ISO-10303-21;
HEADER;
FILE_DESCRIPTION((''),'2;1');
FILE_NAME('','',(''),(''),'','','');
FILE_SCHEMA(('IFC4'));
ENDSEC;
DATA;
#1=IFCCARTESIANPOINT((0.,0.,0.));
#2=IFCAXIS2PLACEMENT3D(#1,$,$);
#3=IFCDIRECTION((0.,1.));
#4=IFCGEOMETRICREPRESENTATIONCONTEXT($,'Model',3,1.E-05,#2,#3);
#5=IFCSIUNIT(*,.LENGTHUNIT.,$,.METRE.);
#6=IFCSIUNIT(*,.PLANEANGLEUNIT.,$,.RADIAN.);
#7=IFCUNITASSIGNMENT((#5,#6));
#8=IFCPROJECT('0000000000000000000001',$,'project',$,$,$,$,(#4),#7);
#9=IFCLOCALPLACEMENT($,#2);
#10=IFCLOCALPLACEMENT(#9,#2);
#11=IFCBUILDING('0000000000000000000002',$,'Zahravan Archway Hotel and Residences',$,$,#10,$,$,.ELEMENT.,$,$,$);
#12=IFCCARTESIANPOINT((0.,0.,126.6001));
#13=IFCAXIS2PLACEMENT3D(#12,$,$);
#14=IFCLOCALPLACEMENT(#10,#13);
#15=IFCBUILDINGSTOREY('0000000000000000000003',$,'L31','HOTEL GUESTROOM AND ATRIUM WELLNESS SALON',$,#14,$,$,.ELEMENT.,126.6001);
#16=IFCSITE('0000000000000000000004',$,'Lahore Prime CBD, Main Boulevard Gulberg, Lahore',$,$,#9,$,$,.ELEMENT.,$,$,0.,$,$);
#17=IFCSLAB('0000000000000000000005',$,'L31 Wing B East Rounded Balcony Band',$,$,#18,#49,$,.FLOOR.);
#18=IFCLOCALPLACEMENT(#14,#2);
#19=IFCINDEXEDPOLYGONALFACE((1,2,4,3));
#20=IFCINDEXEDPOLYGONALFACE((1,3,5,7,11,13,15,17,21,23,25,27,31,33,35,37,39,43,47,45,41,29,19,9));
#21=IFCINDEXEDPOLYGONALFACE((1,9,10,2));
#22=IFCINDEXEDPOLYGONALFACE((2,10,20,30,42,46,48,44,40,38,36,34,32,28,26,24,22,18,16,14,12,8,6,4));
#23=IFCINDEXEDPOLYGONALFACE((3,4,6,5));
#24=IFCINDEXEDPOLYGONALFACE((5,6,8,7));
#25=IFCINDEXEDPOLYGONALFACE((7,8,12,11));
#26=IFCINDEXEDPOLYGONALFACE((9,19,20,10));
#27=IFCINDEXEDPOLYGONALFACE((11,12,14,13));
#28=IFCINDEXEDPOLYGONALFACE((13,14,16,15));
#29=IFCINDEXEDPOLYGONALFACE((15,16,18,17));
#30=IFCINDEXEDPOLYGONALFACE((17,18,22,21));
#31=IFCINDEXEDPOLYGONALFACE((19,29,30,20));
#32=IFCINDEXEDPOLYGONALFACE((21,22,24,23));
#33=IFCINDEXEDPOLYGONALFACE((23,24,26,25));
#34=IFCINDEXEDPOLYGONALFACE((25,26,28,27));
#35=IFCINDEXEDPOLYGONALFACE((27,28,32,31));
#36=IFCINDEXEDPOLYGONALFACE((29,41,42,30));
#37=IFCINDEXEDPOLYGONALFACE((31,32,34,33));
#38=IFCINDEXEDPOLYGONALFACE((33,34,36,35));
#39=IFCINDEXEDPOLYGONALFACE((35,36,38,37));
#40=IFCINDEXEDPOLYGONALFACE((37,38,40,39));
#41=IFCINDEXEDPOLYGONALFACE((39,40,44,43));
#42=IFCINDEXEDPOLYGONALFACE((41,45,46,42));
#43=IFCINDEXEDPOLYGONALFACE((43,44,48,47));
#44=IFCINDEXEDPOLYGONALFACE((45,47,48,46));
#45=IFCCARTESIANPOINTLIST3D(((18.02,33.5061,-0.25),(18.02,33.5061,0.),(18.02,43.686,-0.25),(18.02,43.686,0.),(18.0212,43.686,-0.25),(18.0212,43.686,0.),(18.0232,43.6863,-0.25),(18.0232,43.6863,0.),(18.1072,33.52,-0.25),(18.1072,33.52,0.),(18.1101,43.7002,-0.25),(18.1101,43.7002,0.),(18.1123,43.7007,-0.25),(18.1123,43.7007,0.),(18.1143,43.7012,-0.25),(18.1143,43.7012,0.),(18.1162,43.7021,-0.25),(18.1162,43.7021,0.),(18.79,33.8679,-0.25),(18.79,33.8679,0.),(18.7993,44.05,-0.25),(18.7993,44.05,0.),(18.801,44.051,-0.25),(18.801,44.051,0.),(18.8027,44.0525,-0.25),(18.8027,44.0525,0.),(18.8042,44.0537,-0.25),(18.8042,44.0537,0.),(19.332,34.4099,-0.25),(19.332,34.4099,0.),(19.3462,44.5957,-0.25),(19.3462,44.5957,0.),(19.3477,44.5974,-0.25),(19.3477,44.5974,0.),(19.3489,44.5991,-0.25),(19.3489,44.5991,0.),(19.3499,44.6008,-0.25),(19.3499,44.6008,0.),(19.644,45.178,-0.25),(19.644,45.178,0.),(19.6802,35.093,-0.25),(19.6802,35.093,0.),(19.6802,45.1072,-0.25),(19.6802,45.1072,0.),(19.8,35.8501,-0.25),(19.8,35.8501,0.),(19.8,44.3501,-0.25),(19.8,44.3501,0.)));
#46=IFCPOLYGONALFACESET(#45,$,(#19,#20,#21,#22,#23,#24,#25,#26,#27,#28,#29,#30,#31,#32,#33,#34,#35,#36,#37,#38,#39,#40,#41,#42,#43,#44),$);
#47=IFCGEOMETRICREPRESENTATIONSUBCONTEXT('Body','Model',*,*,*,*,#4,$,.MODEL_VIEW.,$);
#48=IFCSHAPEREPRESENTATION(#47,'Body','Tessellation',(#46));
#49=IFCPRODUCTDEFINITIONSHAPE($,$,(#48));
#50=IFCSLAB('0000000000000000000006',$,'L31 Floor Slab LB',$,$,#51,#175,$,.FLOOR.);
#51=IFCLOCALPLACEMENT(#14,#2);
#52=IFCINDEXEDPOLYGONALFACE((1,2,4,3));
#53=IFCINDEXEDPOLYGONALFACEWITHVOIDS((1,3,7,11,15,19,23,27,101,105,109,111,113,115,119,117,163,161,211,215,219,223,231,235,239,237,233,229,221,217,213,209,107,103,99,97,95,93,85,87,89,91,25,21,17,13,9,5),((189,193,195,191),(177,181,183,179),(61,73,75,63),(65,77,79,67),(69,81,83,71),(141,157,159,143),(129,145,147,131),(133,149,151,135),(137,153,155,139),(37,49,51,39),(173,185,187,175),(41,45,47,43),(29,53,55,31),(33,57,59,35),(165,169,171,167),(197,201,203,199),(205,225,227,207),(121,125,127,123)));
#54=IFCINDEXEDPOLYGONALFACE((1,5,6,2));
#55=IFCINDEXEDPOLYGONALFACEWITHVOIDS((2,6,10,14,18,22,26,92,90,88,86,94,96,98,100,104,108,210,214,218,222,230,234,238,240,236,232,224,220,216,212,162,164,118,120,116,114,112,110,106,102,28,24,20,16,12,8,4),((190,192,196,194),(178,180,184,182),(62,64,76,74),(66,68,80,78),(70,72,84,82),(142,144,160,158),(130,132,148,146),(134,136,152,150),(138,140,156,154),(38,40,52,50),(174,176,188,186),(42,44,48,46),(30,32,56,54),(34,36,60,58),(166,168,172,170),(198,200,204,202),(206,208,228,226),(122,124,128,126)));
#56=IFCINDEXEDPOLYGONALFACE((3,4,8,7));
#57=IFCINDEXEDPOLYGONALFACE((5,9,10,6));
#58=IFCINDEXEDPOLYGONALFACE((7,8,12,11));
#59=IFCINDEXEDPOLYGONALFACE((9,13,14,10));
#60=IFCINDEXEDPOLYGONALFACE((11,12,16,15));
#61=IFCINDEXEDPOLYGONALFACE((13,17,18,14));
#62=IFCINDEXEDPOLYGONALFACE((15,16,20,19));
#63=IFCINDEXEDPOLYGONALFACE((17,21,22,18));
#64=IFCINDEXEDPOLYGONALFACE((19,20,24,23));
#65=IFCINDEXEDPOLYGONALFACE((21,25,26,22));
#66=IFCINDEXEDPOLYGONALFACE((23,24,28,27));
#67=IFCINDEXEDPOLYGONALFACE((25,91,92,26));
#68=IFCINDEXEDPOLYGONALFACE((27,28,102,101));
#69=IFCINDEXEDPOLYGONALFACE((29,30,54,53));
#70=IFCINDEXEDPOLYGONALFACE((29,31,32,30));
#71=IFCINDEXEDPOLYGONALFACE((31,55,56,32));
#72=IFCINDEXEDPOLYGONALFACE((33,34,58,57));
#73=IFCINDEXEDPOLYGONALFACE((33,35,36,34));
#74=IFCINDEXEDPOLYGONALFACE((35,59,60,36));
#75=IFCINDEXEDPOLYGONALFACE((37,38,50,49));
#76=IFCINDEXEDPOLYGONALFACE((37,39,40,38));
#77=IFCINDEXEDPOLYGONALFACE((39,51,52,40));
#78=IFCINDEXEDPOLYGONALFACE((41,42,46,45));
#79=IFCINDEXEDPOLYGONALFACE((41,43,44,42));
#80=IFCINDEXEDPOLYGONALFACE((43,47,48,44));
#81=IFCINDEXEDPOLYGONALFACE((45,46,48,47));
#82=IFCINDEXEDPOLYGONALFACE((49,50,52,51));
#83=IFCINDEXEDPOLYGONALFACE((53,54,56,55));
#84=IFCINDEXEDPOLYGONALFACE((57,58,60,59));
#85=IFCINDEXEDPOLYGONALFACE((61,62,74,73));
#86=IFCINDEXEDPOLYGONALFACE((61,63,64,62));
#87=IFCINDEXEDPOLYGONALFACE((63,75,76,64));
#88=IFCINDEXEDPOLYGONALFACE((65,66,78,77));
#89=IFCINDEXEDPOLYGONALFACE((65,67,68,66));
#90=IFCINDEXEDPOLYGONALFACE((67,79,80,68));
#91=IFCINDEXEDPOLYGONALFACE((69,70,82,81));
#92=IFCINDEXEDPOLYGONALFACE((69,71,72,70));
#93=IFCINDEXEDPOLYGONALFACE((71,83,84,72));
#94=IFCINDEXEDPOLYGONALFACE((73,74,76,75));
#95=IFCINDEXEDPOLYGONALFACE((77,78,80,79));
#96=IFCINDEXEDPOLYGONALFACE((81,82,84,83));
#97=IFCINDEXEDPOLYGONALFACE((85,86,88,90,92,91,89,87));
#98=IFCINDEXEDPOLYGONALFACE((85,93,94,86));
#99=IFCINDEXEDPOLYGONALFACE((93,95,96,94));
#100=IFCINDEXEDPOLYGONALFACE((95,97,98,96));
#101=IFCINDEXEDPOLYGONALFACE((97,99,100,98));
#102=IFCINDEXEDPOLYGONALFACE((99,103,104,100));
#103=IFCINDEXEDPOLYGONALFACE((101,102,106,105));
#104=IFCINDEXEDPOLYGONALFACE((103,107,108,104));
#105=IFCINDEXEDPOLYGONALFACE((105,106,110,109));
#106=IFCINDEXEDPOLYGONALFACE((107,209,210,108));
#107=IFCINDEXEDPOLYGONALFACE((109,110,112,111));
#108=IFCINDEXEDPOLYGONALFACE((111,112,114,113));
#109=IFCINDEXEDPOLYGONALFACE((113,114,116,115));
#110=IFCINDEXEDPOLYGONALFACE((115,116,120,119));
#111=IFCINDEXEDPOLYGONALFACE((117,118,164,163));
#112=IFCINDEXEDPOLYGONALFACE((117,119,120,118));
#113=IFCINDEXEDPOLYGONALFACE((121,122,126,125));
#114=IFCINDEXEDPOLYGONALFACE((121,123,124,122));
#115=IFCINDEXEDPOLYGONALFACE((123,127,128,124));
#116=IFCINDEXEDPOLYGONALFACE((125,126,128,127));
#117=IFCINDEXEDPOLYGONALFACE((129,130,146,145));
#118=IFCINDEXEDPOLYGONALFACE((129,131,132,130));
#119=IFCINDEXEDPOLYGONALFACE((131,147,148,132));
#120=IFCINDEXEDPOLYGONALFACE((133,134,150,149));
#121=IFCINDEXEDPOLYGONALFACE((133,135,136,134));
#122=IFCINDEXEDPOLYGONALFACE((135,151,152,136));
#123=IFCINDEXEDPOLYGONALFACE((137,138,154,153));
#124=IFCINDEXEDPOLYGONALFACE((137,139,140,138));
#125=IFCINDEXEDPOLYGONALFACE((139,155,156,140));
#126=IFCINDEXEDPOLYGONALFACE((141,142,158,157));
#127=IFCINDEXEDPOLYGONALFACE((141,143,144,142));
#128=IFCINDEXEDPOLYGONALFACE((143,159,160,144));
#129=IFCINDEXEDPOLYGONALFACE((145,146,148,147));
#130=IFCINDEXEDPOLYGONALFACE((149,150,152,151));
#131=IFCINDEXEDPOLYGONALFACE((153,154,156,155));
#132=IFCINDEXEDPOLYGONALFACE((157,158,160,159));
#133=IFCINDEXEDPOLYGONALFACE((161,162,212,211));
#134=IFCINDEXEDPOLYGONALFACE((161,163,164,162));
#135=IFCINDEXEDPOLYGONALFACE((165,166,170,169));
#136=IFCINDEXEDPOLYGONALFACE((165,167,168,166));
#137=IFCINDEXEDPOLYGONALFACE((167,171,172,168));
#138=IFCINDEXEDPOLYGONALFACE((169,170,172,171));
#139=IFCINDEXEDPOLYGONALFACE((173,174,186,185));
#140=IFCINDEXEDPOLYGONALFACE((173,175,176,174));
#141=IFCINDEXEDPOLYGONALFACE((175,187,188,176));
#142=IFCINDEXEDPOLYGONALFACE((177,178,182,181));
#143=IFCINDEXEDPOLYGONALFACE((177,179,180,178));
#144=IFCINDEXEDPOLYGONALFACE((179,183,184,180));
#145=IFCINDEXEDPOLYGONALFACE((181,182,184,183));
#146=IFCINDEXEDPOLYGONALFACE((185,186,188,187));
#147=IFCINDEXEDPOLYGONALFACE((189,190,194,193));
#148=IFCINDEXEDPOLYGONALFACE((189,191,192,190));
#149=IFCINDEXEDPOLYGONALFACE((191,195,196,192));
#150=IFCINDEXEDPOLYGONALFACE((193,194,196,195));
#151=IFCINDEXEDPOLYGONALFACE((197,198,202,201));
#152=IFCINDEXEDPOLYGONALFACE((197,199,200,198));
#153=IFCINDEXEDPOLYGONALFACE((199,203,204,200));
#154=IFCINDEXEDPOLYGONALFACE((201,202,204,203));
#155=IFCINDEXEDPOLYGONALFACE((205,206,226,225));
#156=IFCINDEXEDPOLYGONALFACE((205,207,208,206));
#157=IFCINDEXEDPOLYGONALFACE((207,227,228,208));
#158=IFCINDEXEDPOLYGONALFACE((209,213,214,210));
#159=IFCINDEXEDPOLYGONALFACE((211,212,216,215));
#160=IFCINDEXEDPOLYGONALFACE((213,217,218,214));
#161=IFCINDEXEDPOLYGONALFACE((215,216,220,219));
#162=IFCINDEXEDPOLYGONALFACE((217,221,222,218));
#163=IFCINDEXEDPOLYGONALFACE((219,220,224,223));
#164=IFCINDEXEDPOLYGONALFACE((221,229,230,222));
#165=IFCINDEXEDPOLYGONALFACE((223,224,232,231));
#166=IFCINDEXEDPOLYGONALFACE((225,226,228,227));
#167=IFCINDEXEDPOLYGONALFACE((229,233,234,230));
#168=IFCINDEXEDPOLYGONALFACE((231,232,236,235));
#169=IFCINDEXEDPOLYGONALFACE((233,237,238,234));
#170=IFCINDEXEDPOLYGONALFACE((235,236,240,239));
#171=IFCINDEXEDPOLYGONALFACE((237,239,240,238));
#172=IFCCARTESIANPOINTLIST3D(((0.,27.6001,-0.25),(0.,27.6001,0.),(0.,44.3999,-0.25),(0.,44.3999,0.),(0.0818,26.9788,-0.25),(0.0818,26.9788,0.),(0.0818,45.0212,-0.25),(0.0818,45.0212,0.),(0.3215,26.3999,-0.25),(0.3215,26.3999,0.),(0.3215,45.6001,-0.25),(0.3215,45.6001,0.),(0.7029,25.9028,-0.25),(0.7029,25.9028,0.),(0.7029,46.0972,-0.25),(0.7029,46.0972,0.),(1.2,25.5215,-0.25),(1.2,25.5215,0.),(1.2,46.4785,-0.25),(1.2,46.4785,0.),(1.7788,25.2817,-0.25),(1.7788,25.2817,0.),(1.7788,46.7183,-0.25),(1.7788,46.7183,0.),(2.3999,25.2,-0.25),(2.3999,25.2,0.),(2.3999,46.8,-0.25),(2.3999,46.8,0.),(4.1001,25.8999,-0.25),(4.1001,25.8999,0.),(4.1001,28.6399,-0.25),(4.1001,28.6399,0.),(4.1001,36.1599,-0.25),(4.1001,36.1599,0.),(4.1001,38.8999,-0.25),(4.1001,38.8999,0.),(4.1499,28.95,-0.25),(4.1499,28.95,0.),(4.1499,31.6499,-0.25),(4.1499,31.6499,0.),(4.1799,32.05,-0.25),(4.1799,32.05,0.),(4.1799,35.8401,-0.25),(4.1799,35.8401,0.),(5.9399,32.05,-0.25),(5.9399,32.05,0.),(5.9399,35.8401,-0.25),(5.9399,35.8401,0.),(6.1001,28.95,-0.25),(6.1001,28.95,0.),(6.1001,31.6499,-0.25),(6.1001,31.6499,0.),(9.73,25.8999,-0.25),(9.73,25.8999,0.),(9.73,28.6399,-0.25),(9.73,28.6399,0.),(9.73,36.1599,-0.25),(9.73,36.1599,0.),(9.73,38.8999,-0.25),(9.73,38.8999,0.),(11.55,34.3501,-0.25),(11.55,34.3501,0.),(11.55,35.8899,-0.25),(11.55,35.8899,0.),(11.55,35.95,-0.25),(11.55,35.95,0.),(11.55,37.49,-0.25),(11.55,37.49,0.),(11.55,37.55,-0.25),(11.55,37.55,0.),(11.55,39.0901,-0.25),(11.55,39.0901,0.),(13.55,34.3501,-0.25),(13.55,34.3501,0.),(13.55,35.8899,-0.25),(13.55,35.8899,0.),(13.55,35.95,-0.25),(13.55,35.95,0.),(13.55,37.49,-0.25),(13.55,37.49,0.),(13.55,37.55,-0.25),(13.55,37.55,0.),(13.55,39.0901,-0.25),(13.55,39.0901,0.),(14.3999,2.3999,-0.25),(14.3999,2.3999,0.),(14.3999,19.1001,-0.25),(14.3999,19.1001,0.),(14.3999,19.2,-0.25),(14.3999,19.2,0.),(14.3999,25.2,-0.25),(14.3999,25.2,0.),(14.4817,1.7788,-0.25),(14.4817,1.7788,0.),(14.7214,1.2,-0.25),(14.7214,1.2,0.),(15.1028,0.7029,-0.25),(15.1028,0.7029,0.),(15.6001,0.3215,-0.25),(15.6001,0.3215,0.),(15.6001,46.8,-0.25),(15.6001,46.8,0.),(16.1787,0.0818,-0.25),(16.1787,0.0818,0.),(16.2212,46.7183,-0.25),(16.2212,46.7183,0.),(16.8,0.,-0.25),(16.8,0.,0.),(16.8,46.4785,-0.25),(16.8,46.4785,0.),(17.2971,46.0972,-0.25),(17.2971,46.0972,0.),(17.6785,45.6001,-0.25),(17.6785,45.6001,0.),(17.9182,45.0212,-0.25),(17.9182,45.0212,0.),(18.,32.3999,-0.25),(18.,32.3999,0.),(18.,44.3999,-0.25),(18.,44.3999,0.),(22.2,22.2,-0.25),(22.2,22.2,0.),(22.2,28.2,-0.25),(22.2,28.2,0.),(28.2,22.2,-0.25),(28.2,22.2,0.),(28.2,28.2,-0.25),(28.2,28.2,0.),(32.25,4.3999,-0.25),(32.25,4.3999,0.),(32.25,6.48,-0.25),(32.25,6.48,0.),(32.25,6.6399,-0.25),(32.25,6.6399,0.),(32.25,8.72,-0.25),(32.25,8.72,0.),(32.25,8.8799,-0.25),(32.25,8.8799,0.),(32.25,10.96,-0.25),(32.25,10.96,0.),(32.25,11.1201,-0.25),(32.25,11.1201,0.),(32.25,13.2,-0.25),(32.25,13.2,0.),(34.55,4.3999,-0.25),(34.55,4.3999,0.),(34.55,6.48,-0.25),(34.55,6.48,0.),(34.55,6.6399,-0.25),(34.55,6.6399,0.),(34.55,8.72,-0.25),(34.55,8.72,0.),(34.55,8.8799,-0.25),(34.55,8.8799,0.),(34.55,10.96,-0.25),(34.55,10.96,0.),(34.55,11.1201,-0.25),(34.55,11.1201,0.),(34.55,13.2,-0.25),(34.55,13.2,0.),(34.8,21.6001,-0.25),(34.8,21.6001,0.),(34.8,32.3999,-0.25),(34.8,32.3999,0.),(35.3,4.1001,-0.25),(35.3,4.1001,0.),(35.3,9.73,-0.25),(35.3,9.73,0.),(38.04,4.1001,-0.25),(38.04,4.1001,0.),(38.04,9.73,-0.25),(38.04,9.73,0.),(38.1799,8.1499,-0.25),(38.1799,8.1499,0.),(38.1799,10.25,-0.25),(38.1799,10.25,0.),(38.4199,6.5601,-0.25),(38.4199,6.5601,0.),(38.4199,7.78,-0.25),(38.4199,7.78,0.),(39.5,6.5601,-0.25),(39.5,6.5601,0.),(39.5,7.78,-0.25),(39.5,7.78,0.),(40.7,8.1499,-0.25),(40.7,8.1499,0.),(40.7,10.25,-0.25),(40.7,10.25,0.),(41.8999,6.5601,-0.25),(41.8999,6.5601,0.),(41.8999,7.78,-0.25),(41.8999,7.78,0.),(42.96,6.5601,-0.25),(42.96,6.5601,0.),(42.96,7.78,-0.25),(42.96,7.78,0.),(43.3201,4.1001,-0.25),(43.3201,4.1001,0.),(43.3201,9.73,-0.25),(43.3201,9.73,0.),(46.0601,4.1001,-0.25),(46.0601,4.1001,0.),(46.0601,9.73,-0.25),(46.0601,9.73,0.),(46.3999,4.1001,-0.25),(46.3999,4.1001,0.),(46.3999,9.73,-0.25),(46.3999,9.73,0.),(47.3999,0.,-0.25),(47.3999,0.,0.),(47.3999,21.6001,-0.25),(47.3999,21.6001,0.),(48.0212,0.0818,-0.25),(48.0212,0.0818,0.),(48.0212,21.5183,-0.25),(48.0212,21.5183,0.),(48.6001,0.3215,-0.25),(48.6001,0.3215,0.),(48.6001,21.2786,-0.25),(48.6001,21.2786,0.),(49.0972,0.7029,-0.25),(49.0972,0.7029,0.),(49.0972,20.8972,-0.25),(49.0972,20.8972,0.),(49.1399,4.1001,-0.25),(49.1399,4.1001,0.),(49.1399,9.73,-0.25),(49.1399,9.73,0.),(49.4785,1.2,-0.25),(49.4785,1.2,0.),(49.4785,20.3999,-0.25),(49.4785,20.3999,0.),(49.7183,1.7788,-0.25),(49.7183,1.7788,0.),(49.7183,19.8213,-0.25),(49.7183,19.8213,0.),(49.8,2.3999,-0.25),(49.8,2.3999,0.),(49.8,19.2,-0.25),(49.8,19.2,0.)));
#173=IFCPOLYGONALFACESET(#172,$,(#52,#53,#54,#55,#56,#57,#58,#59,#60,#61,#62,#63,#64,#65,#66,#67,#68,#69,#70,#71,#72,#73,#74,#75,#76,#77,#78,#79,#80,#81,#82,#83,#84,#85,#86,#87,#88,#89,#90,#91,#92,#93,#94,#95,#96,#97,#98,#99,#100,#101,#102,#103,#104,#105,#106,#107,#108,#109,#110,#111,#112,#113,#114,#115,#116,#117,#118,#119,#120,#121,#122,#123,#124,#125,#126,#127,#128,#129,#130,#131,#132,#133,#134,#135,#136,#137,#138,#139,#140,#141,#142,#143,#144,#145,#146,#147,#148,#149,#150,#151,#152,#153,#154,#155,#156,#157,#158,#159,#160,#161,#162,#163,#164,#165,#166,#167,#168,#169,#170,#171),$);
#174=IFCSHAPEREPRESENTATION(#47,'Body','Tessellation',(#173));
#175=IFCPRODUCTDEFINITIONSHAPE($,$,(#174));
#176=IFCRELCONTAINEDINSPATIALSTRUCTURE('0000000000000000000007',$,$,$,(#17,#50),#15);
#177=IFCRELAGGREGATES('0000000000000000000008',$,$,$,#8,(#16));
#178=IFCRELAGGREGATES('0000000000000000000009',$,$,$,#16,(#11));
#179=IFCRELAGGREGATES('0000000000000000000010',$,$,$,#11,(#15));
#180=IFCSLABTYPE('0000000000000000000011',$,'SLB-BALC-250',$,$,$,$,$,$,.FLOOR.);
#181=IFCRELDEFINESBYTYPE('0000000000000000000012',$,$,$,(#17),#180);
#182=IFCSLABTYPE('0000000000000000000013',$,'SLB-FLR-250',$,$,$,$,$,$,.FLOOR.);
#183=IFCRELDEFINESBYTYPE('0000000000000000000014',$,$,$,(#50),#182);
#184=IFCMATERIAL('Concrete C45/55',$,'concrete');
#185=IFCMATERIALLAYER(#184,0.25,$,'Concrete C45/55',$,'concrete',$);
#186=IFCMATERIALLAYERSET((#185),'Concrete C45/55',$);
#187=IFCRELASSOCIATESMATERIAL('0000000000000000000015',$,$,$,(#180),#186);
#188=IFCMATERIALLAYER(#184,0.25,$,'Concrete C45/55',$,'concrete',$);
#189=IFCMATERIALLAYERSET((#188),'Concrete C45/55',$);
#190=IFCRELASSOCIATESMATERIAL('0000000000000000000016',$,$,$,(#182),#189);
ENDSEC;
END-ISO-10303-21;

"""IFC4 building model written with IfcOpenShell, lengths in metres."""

from ifc_helpers import new_model, si_unit, direction, frame, origin, place, context, subcontext, project, spatial, polyline, outline, extrude, material, layer, layer_set, type_object, element, save


model = new_model("IFC4")

# Units and contexts
model_context = context("Model", 3, precision=1e-05, world=origin(), true_north=direction((0.0, 1.0)))
body_context = subcontext(model_context, "Body", "Model", "MODEL_VIEW")
ifc_project = project(units=[si_unit("LENGTHUNIT", "METRE"), si_unit("PLANEANGLEUNIT", "RADIAN")], contexts=[model_context])

# Site, building, storey
site_placement = place(None, origin())
site = spatial("IfcSite", under=ifc_project, at=site_placement, Name="Lahore Prime CBD, Main Boulevard Gulberg, Lahore", CompositionType="ELEMENT", RefElevation=0.0)
building_placement = place(site_placement, origin())
building = spatial("IfcBuilding", under=site, at=building_placement, Name="Zahravan Archway Hotel and Residences", CompositionType="ELEMENT")
storey_placement = place(building_placement, frame((0.0, 0.0, 126.6001)))
storey = spatial("IfcBuildingStorey", under=building, at=storey_placement, Name="L31", Description="HOTEL GUESTROOM AND ATRIUM WELLNESS SALON", CompositionType="ELEMENT", Elevation=126.6001)

# Slabs
ifc_material_1 = material(Name="Concrete C45/55", Category="concrete")
ifc_layer_1 = layer(ifc_material_1, 0.25, Name="Concrete C45/55", Category="concrete")
ifc_layer_set_1 = layer_set([ifc_layer_1], Name="Concrete C45/55")
slab_type_1 = type_object("IfcSlabType", Name="SLB-BALC-250", PredefinedType="FLOOR", material=ifc_layer_set_1)
slab_1_placement = place(storey_placement, frame((0.0, 0.0, -0.25)))
element("IfcSlab", 1, at=slab_1_placement, inside=storey, type_object=slab_type_1, Name="L31 Wing B East Rounded Balcony Band", PredefinedType="FLOOR", context=body_context, shape_type="SweptSolid", body=[
    extrude(outline(polyline([(19.6802, 45.1072), (19.8, 44.3501), (19.8, 35.8501), (19.6802, 35.093), (19.332, 34.4099), (18.79, 33.8679), (18.1072, 33.52), (18.02, 33.5061), (18.02, 43.686), (18.0212, 43.686), (18.0232, 43.6863), (18.1101, 43.7002), (18.1123, 43.7007), (18.1143, 43.7012), (18.1162, 43.7021), (18.7993, 44.05), (18.801, 44.051), (18.8027, 44.0525), (18.8042, 44.0537), (19.3462, 44.5957), (19.3477, 44.5974), (19.3489, 44.5991), (19.3499, 44.6008), (19.644, 45.178), (19.6802, 45.1072)])), origin(), (0.0, 0.0, 1.0), 0.25),
])
ifc_layer_2 = layer(ifc_material_1, 0.25, Name="Concrete C45/55", Category="concrete")
ifc_layer_set_2 = layer_set([ifc_layer_2], Name="Concrete C45/55")
slab_type_2 = type_object("IfcSlabType", Name="SLB-FLR-250", PredefinedType="FLOOR", material=ifc_layer_set_2)
slab_2_placement = place(storey_placement, frame((0.0, 0.0, -0.25)))
element("IfcSlab", 2, at=slab_2_placement, inside=storey, type_object=slab_type_2, Name="L31 Floor Slab LB", PredefinedType="FLOOR", context=body_context, shape_type="SweptSolid", body=[
    extrude(outline(polyline([(34.8, 21.6001), (34.8, 32.3999), (18.0, 32.3999), (18.0, 44.3999), (17.9182, 45.0212), (17.6785, 45.6001), (17.2971, 46.0972), (16.8, 46.4785), (16.2212, 46.7183), (15.6001, 46.8), (2.3999, 46.8), (1.7788, 46.7183), (1.2, 46.4785), (0.7029, 46.0972), (0.3215, 45.6001), (0.0818, 45.0212), (0.0, 44.3999), (0.0, 27.6001), (0.0818, 26.9788), (0.3215, 26.3999), (0.7029, 25.9028), (1.2, 25.5215), (1.7788, 25.2817), (2.3999, 25.2), (14.3999, 25.2), (14.3999, 19.2), (14.3999, 19.1001), (14.3999, 2.3999), (14.4817, 1.7788), (14.7214, 1.2), (15.1028, 0.7029), (15.6001, 0.3215), (16.1787, 0.0818), (16.8, 0.0), (47.3999, 0.0), (48.0212, 0.0818), (48.6001, 0.3215), (49.0972, 0.7029), (49.4785, 1.2), (49.7183, 1.7788), (49.8, 2.3999), (49.8, 19.2), (49.7183, 19.8213), (49.4785, 20.3999), (49.0972, 20.8972), (48.6001, 21.2786), (48.0212, 21.5183), (47.3999, 21.6001), (34.8, 21.6001)]), holes=[polyline([(35.3, 9.73), (35.3, 4.1001), (38.04, 4.1001), (38.04, 9.73), (35.3, 9.73)]), polyline([(43.3201, 9.73), (43.3201, 4.1001), (46.0601, 4.1001), (46.0601, 9.73), (43.3201, 9.73)]), polyline([(46.3999, 9.73), (46.3999, 4.1001), (49.1399, 4.1001), (49.1399, 9.73), (46.3999, 9.73)]), polyline([(9.73, 28.6399), (4.1001, 28.6399), (4.1001, 25.8999), (9.73, 25.8999), (9.73, 28.6399)]), polyline([(9.73, 38.8999), (4.1001, 38.8999), (4.1001, 36.1599), (9.73, 36.1599), (9.73, 38.8999)]), polyline([(38.1799, 8.1499), (40.7, 8.1499), (40.7, 10.25), (38.1799, 10.25), (38.1799, 8.1499)]), polyline([(4.1499, 28.95), (6.1001, 28.95), (6.1001, 31.6499), (4.1499, 31.6499), (4.1499, 28.95)]), polyline([(11.55, 34.3501), (13.55, 34.3501), (13.55, 35.8899), (11.55, 35.8899), (11.55, 34.3501)]), polyline([(11.55, 35.95), (13.55, 35.95), (13.55, 37.49), (11.55, 37.49), (11.55, 35.95)]), polyline([(11.55, 37.55), (13.55, 37.55), (13.55, 39.0901), (11.55, 39.0901), (11.55, 37.55)]), polyline([(32.25, 4.3999), (34.55, 4.3999), (34.55, 6.48), (32.25, 6.48), (32.25, 4.3999)]), polyline([(32.25, 6.6399), (34.55, 6.6399), (34.55, 8.72), (32.25, 8.72), (32.25, 6.6399)]), polyline([(32.25, 8.8799), (34.55, 8.8799), (34.55, 10.96), (32.25, 10.96), (32.25, 8.8799)]), polyline([(32.25, 11.1201), (34.55, 11.1201), (34.55, 13.2), (32.25, 13.2), (32.25, 11.1201)]), polyline([(22.2, 22.2), (28.2, 22.2), (28.2, 28.2), (22.2, 28.2), (22.2, 22.2)]), polyline([(38.4199, 6.5601), (39.5, 6.5601), (39.5, 7.78), (38.4199, 7.78), (38.4199, 6.5601)]), polyline([(41.8999, 6.5601), (42.96, 6.5601), (42.96, 7.78), (41.8999, 7.78), (41.8999, 6.5601)]), polyline([(4.1799, 32.05), (5.9399, 32.05), (5.9399, 35.8401), (4.1799, 35.8401), (4.1799, 32.05)])]), origin(), (0.0, 0.0, 1.0), 0.25),
])

save(model, "model.ifc")
